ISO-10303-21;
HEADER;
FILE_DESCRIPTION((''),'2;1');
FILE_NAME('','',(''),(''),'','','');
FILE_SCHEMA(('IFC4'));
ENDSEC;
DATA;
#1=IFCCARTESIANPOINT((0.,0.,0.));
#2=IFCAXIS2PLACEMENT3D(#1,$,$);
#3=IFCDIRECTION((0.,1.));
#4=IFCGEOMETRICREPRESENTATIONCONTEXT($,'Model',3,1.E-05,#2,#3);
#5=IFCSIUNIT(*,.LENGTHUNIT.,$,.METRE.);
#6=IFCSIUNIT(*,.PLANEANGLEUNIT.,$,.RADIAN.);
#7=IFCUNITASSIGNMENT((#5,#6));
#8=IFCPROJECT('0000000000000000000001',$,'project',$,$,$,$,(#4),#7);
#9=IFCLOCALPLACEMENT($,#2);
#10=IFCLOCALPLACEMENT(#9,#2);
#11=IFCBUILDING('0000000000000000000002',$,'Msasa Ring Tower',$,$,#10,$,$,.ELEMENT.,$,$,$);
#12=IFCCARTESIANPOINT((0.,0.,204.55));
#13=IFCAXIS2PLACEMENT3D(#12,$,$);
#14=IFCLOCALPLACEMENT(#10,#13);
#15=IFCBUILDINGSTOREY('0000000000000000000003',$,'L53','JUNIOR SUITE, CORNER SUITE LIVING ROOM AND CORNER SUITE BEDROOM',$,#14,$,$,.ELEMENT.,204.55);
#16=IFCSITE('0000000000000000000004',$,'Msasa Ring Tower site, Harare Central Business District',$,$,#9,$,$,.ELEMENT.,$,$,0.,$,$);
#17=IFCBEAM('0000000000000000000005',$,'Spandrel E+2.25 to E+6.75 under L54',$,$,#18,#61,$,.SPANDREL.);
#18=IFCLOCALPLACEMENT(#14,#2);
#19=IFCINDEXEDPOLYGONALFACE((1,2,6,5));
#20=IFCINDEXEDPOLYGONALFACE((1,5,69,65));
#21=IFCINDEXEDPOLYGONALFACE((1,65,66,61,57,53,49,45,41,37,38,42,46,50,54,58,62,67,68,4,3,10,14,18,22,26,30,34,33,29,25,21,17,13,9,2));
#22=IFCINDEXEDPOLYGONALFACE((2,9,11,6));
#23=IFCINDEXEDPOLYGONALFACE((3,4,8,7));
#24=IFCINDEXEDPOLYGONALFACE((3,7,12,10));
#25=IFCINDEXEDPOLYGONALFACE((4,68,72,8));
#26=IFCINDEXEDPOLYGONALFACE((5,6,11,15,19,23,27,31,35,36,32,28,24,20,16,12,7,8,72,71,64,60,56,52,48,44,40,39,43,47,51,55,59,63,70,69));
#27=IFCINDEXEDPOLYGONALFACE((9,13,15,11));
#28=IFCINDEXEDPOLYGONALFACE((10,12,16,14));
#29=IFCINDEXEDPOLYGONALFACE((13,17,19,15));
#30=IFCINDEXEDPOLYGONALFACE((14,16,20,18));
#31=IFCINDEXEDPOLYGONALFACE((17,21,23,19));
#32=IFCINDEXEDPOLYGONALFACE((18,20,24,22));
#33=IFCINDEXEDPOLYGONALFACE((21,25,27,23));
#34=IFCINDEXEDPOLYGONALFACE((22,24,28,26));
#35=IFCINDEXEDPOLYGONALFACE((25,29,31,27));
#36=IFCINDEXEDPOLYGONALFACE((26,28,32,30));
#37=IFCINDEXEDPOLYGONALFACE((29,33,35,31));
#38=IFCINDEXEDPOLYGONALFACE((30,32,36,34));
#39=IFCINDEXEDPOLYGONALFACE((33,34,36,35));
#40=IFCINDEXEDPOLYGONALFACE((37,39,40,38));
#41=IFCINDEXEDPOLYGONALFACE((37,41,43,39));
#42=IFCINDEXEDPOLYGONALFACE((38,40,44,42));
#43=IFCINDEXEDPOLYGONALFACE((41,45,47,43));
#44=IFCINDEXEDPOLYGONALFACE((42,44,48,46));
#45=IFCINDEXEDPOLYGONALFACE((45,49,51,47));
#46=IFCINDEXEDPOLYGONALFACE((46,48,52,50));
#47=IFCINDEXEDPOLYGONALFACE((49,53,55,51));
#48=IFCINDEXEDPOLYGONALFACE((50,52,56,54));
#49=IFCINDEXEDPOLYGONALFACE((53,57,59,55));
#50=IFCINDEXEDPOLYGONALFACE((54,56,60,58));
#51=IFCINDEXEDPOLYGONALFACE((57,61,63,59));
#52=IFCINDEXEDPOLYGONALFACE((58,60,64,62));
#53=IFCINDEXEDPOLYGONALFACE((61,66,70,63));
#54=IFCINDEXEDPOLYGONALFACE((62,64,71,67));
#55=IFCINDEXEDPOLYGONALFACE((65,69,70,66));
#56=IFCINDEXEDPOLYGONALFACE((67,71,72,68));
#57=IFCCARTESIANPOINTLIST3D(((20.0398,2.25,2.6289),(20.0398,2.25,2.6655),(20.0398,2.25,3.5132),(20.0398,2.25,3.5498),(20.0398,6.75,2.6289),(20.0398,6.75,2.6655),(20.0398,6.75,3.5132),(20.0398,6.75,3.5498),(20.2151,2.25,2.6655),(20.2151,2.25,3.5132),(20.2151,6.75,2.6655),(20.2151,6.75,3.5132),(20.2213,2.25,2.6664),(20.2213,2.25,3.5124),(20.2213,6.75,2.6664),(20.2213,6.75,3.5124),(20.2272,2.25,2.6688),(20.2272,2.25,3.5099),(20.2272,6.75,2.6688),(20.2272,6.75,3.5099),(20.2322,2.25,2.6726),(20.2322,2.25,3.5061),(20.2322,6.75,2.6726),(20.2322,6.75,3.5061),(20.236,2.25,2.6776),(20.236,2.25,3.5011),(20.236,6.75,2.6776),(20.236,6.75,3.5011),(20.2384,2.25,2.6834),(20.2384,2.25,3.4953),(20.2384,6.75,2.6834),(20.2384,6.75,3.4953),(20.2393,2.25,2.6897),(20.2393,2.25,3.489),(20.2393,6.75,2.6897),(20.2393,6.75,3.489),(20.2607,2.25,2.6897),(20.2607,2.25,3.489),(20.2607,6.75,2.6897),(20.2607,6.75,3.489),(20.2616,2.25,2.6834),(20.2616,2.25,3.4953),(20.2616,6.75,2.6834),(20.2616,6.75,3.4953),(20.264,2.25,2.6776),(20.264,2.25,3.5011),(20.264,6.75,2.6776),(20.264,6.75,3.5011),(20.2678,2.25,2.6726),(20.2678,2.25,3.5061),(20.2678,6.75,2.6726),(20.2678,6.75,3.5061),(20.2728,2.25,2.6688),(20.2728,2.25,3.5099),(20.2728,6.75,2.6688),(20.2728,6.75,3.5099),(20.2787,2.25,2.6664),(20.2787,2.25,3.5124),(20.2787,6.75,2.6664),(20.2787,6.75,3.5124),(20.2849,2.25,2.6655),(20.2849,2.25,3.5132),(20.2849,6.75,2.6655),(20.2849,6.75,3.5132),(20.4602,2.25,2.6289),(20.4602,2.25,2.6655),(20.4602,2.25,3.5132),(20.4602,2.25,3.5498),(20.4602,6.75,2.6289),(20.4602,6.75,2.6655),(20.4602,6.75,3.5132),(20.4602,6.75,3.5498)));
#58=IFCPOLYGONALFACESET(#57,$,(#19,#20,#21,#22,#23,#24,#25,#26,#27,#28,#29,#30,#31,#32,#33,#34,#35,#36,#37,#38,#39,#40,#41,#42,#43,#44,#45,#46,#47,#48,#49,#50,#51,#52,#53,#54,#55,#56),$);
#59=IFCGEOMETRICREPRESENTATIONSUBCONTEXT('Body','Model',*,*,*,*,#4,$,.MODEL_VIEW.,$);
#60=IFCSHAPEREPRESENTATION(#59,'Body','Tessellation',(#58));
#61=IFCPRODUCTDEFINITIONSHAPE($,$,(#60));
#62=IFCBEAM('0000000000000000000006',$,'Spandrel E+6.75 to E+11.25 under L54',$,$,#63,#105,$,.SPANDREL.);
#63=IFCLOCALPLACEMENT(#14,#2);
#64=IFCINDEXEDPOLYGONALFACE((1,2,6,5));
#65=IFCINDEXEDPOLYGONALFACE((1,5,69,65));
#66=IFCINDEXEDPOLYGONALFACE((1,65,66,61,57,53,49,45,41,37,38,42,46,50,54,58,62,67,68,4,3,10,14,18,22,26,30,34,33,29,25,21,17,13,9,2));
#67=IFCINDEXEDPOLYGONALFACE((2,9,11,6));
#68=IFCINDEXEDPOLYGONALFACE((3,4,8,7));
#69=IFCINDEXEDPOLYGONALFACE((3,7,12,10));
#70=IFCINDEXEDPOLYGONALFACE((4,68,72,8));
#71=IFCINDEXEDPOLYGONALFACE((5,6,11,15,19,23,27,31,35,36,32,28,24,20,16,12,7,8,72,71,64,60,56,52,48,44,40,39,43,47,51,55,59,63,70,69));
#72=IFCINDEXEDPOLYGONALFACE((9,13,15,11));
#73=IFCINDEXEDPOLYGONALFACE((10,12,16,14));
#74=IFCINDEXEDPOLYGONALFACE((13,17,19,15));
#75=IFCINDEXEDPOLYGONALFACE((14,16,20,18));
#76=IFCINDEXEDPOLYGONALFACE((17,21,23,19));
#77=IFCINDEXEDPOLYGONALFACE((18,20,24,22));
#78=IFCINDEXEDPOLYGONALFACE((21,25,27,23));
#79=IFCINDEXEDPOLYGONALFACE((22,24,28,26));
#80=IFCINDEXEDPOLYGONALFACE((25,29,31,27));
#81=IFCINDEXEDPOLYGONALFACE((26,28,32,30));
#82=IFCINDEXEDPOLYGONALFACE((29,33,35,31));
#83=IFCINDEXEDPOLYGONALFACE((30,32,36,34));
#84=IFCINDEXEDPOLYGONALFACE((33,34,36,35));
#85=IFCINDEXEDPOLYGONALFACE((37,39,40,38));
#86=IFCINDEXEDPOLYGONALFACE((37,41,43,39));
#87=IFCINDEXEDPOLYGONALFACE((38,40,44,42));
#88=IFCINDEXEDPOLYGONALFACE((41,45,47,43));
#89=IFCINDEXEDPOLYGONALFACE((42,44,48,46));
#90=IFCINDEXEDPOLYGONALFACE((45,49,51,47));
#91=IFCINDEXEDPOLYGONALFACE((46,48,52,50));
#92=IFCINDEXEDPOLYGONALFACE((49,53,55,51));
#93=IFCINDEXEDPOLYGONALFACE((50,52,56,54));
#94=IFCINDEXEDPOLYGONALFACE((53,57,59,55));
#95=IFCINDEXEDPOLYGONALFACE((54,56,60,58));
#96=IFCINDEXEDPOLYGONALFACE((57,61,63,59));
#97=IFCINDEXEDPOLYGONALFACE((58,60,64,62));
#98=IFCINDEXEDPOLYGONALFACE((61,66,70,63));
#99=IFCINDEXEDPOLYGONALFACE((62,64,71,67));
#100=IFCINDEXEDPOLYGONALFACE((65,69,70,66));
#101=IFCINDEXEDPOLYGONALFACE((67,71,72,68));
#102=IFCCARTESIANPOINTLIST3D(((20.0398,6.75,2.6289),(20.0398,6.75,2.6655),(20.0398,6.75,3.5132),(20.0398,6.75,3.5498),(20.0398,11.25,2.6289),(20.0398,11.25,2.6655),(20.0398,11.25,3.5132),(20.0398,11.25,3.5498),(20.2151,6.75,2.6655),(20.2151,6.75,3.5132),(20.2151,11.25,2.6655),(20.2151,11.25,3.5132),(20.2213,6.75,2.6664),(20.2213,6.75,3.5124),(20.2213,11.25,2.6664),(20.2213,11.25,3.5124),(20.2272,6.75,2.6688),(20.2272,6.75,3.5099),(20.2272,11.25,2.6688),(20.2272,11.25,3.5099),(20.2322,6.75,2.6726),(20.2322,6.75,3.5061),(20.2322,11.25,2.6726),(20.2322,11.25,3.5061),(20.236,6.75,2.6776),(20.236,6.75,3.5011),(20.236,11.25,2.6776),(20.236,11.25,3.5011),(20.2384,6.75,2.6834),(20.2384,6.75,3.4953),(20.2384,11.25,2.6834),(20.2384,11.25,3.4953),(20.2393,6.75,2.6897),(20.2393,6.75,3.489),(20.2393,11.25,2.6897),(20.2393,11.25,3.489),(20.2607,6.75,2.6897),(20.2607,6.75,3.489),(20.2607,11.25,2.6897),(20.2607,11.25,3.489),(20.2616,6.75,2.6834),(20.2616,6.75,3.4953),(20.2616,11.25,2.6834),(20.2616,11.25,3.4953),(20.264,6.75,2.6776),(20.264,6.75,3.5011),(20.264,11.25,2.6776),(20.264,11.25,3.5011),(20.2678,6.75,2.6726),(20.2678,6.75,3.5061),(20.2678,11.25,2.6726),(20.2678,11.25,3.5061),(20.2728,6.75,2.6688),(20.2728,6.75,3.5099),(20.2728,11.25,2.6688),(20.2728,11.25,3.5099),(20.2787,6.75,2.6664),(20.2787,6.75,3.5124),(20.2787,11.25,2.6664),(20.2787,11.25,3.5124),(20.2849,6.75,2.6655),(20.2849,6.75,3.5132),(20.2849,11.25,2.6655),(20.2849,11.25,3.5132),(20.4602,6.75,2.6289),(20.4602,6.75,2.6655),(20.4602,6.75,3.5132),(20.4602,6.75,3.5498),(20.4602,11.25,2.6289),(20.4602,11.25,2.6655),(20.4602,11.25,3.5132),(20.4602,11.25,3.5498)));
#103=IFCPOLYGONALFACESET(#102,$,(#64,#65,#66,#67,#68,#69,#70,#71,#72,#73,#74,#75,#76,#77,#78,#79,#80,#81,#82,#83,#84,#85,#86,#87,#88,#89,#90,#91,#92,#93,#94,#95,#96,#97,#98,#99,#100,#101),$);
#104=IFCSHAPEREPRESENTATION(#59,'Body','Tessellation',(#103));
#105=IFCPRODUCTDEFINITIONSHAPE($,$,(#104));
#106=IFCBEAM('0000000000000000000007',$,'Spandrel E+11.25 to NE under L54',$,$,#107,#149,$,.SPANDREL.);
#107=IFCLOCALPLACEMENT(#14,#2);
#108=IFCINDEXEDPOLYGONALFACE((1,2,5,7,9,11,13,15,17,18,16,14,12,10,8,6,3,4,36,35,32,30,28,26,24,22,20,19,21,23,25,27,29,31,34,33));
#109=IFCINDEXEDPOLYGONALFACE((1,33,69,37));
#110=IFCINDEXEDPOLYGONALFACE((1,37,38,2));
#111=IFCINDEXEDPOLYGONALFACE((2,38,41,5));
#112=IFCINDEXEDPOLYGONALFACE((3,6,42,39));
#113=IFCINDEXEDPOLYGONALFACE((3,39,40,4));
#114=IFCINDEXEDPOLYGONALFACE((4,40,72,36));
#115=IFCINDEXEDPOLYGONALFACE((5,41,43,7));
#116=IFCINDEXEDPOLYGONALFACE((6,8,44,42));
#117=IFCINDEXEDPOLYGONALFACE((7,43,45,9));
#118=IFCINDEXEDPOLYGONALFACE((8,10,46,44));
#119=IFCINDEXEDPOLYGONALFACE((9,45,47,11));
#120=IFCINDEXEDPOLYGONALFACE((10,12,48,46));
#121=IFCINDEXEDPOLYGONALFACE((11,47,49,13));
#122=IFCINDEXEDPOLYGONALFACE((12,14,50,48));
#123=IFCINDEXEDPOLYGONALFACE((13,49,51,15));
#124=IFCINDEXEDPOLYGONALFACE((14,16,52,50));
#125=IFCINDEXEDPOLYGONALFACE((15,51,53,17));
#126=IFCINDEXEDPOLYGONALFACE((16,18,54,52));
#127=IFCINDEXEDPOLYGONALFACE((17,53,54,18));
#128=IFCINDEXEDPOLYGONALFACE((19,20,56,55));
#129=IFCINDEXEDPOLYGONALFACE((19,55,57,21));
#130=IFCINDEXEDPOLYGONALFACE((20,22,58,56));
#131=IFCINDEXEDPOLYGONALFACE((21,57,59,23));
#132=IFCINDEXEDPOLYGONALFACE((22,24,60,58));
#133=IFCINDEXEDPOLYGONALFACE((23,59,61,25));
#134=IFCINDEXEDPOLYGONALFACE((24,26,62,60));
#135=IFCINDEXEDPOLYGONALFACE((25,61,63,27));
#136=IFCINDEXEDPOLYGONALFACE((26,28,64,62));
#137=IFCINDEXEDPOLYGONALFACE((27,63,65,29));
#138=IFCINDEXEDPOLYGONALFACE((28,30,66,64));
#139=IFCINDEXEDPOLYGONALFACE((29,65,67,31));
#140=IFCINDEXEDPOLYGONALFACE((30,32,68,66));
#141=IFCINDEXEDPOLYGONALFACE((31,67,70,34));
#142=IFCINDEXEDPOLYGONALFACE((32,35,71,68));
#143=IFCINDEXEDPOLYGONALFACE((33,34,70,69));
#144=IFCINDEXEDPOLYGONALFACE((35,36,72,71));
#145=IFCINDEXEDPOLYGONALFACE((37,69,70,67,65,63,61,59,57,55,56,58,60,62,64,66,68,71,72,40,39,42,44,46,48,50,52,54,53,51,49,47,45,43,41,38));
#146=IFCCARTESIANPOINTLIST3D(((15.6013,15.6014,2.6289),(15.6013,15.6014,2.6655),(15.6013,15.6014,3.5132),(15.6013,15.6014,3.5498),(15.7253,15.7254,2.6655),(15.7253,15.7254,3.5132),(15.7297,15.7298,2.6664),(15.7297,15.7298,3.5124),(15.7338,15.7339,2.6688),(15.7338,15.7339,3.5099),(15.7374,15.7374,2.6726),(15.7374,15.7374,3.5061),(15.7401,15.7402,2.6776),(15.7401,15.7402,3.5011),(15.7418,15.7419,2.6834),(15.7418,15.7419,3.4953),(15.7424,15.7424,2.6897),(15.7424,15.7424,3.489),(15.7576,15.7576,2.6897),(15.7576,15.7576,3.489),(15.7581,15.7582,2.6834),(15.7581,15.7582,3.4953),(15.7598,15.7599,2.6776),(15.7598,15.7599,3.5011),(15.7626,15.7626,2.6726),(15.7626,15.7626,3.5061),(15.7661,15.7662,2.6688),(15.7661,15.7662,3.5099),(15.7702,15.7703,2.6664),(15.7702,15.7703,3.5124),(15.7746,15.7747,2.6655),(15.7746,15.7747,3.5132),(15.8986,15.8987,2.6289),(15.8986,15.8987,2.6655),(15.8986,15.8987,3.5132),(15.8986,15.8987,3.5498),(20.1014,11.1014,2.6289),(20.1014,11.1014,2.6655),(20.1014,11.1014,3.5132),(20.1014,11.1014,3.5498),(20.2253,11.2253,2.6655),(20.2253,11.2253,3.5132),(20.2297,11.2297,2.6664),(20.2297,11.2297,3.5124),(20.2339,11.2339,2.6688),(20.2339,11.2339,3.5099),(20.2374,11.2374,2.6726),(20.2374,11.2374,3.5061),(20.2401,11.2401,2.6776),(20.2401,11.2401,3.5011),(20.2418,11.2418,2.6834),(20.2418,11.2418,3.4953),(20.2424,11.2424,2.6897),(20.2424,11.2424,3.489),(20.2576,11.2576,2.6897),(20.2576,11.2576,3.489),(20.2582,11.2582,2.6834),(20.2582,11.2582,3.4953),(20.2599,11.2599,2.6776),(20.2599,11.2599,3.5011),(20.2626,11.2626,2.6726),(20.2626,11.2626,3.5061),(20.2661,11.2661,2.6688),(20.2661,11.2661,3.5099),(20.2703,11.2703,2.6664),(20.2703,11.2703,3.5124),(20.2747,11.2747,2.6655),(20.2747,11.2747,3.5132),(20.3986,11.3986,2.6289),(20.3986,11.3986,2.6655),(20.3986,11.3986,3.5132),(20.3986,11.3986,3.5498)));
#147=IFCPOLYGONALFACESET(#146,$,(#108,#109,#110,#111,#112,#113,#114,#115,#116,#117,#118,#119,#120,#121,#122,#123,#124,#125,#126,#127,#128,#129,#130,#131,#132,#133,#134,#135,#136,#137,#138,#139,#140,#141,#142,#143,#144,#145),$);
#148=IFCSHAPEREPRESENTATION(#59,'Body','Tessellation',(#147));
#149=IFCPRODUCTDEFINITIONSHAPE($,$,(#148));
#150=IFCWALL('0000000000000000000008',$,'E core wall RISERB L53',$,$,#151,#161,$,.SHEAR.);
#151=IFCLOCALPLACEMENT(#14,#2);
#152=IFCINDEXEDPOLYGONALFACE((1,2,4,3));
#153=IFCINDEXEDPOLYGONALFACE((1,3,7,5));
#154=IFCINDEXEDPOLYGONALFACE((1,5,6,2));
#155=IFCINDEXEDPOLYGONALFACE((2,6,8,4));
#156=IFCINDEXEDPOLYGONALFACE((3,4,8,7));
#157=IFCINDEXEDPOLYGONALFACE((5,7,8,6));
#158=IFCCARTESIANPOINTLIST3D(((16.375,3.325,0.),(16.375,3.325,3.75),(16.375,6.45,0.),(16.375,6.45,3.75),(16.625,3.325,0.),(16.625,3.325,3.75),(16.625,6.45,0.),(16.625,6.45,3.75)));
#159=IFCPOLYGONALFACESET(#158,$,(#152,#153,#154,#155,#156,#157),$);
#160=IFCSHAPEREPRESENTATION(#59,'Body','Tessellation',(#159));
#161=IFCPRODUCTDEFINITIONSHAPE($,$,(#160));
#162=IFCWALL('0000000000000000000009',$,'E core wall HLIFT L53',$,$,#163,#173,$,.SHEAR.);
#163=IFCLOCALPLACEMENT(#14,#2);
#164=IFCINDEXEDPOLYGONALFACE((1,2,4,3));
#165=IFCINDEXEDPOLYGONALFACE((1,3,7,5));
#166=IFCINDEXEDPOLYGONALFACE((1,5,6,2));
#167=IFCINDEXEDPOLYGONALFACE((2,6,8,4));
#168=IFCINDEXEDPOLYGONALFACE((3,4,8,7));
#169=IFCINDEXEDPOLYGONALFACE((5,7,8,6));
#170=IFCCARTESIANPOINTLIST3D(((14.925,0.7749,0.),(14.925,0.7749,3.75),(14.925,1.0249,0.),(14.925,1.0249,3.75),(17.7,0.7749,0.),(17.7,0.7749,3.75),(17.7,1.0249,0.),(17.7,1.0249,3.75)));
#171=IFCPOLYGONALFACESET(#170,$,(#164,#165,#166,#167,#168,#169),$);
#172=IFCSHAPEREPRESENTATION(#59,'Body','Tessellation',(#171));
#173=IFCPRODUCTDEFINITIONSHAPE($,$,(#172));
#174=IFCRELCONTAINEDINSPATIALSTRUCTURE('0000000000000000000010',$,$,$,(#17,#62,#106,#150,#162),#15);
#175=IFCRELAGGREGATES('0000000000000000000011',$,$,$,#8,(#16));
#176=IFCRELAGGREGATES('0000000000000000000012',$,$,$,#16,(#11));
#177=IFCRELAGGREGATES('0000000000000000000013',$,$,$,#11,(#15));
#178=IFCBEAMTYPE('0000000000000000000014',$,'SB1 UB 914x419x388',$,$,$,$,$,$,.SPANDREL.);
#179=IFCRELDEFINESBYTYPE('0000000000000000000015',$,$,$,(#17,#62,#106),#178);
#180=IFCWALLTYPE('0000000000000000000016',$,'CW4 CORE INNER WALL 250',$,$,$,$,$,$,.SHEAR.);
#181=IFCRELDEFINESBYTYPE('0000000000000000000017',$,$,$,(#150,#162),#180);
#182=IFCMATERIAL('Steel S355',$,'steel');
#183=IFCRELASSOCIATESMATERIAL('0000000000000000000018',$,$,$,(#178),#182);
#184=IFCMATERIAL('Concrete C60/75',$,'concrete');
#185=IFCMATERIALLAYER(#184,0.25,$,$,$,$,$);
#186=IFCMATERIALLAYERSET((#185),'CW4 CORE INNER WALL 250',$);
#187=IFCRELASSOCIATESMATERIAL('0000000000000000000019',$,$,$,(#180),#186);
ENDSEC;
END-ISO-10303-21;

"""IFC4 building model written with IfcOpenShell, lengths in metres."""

from ifc_helpers import new_model, si_unit, direction, frame, frame_2d, origin, origin_2d, place, context, subcontext, project, spatial, rectangle, i_section, extrude, material, layer, layer_set, material_profile, profile_set, type_object, element, save


model = new_model("IFC4")

# Units and contexts
model_context = context("Model", 3, precision=1e-05, world=origin(), true_north=direction((0.0, 1.0)))
body_context = subcontext(model_context, "Body", "Model", "MODEL_VIEW")
ifc_project = project(units=[si_unit("LENGTHUNIT", "METRE"), si_unit("PLANEANGLEUNIT", "RADIAN")], contexts=[model_context])

# Site, building, storey
site_placement = place(None, origin())
site = spatial("IfcSite", under=ifc_project, at=site_placement, Name="Msasa Ring Tower site, Harare Central Business District", CompositionType="ELEMENT", RefElevation=0.0)
building_placement = place(site_placement, origin())
building = spatial("IfcBuilding", under=site, at=building_placement, Name="Msasa Ring Tower", CompositionType="ELEMENT")
storey_placement = place(building_placement, frame((0.0, 0.0, 204.55)))
storey = spatial("IfcBuildingStorey", under=building, at=storey_placement, Name="L53", Description="JUNIOR SUITE, CORNER SUITE LIVING ROOM AND CORNER SUITE BEDROOM", CompositionType="ELEMENT", Elevation=204.55)

# Beams
ifc_material_1 = material(Name="Steel S355", Category="steel")
ifc_material_profile_1 = material_profile(ifc_material_1, i_section(OverallWidth=0.4204, OverallDepth=0.9209, WebThickness=0.0215, FlangeThickness=0.0366, FilletRadius=0.0242, at=origin_2d()), Name="UB 914x419x388")
ifc_profile_set_1 = profile_set([ifc_material_profile_1], Name="Steel S355")
beam_type_1 = type_object("IfcBeamType", Name="SB1 UB 914x419x388", PredefinedType="SPANDREL", material=ifc_profile_set_1)
for number, where, z_axis, x_axis, name in (
    (1, (20.25, 2.25, 3.0894), (0.0, 1.0, 0.0), (-1.0, 0.0, 0.0), "Spandrel E+2.25 to E+6.75 under L54"),
    (2, (20.25, 6.75, 3.0894), (0.0, 1.0, 0.0), (-1.0, 0.0, 0.0), "Spandrel E+6.75 to E+11.25 under L54"),
):
    element("IfcBeam", number, at=place(storey_placement, frame(where, z_axis=z_axis, x_axis=x_axis)), inside=storey, type_object=beam_type_1, Name=name, PredefinedType="SPANDREL", context=body_context, shape_type="SweptSolid", body=[
        extrude(i_section(OverallWidth=0.4204, OverallDepth=0.9209, WebThickness=0.0215, FlangeThickness=0.0366, FilletRadius=0.0242, at=origin_2d()), origin(), (0.0, 0.0, 1.0), 4.5),
    ])
beam_1_placement = place(storey_placement, frame((20.25, 11.25, 3.0894), z_axis=(-0.707107, 0.707107, 0.0), x_axis=(-0.707107, -0.707107, 0.0)))
element("IfcBeam", 3, at=beam_1_placement, inside=storey, type_object=beam_type_1, Name="Spandrel E+11.25 to NE under L54", PredefinedType="SPANDREL", context=body_context, shape_type="SweptSolid", body=[
    extrude(i_section(OverallWidth=0.4204, OverallDepth=0.9209, WebThickness=0.0215, FlangeThickness=0.0366, FilletRadius=0.0242, at=origin_2d()), origin(), (0.0, 0.0, 1.0), 6.364),
])

# Walls
ifc_material_2 = material(Name="Concrete C60/75", Category="concrete")
ifc_layer_1 = layer(ifc_material_2, 0.25)
ifc_layer_set_1 = layer_set([ifc_layer_1], Name="CW4 CORE INNER WALL 250")
wall_type_1 = type_object("IfcWallType", Name="CW4 CORE INNER WALL 250", PredefinedType="SHEAR", material=ifc_layer_set_1)
wall_1_placement = place(storey_placement, frame((16.5, 3.325, 0.0), z_axis=(0.0, 0.0, 1.0), x_axis=(0.0, 1.0, 0.0)))
element("IfcWall", 4, at=wall_1_placement, inside=storey, type_object=wall_type_1, Name="E core wall RISERB L53", PredefinedType="SHEAR", context=body_context, shape_type="SweptSolid", body=[
    extrude(rectangle(XDim=3.125, YDim=0.25, at=frame_2d((1.5625, 0.0))), origin(), (0.0, 0.0, 1.0), 3.75),
])
wall_2_placement = place(storey_placement, frame((14.925, 0.8999, 0.0), z_axis=(0.0, 0.0, 1.0), x_axis=(1.0, 0.0, 0.0)))
element("IfcWall", 5, at=wall_2_placement, inside=storey, type_object=wall_type_1, Name="E core wall HLIFT L53", PredefinedType="SHEAR", context=body_context, shape_type="SweptSolid", body=[
    extrude(rectangle(XDim=2.7749, YDim=0.25, at=frame_2d((1.3875, 0.0))), origin(), (0.0, 0.0, 1.0), 3.75),
])

save(model, "model.ifc")
